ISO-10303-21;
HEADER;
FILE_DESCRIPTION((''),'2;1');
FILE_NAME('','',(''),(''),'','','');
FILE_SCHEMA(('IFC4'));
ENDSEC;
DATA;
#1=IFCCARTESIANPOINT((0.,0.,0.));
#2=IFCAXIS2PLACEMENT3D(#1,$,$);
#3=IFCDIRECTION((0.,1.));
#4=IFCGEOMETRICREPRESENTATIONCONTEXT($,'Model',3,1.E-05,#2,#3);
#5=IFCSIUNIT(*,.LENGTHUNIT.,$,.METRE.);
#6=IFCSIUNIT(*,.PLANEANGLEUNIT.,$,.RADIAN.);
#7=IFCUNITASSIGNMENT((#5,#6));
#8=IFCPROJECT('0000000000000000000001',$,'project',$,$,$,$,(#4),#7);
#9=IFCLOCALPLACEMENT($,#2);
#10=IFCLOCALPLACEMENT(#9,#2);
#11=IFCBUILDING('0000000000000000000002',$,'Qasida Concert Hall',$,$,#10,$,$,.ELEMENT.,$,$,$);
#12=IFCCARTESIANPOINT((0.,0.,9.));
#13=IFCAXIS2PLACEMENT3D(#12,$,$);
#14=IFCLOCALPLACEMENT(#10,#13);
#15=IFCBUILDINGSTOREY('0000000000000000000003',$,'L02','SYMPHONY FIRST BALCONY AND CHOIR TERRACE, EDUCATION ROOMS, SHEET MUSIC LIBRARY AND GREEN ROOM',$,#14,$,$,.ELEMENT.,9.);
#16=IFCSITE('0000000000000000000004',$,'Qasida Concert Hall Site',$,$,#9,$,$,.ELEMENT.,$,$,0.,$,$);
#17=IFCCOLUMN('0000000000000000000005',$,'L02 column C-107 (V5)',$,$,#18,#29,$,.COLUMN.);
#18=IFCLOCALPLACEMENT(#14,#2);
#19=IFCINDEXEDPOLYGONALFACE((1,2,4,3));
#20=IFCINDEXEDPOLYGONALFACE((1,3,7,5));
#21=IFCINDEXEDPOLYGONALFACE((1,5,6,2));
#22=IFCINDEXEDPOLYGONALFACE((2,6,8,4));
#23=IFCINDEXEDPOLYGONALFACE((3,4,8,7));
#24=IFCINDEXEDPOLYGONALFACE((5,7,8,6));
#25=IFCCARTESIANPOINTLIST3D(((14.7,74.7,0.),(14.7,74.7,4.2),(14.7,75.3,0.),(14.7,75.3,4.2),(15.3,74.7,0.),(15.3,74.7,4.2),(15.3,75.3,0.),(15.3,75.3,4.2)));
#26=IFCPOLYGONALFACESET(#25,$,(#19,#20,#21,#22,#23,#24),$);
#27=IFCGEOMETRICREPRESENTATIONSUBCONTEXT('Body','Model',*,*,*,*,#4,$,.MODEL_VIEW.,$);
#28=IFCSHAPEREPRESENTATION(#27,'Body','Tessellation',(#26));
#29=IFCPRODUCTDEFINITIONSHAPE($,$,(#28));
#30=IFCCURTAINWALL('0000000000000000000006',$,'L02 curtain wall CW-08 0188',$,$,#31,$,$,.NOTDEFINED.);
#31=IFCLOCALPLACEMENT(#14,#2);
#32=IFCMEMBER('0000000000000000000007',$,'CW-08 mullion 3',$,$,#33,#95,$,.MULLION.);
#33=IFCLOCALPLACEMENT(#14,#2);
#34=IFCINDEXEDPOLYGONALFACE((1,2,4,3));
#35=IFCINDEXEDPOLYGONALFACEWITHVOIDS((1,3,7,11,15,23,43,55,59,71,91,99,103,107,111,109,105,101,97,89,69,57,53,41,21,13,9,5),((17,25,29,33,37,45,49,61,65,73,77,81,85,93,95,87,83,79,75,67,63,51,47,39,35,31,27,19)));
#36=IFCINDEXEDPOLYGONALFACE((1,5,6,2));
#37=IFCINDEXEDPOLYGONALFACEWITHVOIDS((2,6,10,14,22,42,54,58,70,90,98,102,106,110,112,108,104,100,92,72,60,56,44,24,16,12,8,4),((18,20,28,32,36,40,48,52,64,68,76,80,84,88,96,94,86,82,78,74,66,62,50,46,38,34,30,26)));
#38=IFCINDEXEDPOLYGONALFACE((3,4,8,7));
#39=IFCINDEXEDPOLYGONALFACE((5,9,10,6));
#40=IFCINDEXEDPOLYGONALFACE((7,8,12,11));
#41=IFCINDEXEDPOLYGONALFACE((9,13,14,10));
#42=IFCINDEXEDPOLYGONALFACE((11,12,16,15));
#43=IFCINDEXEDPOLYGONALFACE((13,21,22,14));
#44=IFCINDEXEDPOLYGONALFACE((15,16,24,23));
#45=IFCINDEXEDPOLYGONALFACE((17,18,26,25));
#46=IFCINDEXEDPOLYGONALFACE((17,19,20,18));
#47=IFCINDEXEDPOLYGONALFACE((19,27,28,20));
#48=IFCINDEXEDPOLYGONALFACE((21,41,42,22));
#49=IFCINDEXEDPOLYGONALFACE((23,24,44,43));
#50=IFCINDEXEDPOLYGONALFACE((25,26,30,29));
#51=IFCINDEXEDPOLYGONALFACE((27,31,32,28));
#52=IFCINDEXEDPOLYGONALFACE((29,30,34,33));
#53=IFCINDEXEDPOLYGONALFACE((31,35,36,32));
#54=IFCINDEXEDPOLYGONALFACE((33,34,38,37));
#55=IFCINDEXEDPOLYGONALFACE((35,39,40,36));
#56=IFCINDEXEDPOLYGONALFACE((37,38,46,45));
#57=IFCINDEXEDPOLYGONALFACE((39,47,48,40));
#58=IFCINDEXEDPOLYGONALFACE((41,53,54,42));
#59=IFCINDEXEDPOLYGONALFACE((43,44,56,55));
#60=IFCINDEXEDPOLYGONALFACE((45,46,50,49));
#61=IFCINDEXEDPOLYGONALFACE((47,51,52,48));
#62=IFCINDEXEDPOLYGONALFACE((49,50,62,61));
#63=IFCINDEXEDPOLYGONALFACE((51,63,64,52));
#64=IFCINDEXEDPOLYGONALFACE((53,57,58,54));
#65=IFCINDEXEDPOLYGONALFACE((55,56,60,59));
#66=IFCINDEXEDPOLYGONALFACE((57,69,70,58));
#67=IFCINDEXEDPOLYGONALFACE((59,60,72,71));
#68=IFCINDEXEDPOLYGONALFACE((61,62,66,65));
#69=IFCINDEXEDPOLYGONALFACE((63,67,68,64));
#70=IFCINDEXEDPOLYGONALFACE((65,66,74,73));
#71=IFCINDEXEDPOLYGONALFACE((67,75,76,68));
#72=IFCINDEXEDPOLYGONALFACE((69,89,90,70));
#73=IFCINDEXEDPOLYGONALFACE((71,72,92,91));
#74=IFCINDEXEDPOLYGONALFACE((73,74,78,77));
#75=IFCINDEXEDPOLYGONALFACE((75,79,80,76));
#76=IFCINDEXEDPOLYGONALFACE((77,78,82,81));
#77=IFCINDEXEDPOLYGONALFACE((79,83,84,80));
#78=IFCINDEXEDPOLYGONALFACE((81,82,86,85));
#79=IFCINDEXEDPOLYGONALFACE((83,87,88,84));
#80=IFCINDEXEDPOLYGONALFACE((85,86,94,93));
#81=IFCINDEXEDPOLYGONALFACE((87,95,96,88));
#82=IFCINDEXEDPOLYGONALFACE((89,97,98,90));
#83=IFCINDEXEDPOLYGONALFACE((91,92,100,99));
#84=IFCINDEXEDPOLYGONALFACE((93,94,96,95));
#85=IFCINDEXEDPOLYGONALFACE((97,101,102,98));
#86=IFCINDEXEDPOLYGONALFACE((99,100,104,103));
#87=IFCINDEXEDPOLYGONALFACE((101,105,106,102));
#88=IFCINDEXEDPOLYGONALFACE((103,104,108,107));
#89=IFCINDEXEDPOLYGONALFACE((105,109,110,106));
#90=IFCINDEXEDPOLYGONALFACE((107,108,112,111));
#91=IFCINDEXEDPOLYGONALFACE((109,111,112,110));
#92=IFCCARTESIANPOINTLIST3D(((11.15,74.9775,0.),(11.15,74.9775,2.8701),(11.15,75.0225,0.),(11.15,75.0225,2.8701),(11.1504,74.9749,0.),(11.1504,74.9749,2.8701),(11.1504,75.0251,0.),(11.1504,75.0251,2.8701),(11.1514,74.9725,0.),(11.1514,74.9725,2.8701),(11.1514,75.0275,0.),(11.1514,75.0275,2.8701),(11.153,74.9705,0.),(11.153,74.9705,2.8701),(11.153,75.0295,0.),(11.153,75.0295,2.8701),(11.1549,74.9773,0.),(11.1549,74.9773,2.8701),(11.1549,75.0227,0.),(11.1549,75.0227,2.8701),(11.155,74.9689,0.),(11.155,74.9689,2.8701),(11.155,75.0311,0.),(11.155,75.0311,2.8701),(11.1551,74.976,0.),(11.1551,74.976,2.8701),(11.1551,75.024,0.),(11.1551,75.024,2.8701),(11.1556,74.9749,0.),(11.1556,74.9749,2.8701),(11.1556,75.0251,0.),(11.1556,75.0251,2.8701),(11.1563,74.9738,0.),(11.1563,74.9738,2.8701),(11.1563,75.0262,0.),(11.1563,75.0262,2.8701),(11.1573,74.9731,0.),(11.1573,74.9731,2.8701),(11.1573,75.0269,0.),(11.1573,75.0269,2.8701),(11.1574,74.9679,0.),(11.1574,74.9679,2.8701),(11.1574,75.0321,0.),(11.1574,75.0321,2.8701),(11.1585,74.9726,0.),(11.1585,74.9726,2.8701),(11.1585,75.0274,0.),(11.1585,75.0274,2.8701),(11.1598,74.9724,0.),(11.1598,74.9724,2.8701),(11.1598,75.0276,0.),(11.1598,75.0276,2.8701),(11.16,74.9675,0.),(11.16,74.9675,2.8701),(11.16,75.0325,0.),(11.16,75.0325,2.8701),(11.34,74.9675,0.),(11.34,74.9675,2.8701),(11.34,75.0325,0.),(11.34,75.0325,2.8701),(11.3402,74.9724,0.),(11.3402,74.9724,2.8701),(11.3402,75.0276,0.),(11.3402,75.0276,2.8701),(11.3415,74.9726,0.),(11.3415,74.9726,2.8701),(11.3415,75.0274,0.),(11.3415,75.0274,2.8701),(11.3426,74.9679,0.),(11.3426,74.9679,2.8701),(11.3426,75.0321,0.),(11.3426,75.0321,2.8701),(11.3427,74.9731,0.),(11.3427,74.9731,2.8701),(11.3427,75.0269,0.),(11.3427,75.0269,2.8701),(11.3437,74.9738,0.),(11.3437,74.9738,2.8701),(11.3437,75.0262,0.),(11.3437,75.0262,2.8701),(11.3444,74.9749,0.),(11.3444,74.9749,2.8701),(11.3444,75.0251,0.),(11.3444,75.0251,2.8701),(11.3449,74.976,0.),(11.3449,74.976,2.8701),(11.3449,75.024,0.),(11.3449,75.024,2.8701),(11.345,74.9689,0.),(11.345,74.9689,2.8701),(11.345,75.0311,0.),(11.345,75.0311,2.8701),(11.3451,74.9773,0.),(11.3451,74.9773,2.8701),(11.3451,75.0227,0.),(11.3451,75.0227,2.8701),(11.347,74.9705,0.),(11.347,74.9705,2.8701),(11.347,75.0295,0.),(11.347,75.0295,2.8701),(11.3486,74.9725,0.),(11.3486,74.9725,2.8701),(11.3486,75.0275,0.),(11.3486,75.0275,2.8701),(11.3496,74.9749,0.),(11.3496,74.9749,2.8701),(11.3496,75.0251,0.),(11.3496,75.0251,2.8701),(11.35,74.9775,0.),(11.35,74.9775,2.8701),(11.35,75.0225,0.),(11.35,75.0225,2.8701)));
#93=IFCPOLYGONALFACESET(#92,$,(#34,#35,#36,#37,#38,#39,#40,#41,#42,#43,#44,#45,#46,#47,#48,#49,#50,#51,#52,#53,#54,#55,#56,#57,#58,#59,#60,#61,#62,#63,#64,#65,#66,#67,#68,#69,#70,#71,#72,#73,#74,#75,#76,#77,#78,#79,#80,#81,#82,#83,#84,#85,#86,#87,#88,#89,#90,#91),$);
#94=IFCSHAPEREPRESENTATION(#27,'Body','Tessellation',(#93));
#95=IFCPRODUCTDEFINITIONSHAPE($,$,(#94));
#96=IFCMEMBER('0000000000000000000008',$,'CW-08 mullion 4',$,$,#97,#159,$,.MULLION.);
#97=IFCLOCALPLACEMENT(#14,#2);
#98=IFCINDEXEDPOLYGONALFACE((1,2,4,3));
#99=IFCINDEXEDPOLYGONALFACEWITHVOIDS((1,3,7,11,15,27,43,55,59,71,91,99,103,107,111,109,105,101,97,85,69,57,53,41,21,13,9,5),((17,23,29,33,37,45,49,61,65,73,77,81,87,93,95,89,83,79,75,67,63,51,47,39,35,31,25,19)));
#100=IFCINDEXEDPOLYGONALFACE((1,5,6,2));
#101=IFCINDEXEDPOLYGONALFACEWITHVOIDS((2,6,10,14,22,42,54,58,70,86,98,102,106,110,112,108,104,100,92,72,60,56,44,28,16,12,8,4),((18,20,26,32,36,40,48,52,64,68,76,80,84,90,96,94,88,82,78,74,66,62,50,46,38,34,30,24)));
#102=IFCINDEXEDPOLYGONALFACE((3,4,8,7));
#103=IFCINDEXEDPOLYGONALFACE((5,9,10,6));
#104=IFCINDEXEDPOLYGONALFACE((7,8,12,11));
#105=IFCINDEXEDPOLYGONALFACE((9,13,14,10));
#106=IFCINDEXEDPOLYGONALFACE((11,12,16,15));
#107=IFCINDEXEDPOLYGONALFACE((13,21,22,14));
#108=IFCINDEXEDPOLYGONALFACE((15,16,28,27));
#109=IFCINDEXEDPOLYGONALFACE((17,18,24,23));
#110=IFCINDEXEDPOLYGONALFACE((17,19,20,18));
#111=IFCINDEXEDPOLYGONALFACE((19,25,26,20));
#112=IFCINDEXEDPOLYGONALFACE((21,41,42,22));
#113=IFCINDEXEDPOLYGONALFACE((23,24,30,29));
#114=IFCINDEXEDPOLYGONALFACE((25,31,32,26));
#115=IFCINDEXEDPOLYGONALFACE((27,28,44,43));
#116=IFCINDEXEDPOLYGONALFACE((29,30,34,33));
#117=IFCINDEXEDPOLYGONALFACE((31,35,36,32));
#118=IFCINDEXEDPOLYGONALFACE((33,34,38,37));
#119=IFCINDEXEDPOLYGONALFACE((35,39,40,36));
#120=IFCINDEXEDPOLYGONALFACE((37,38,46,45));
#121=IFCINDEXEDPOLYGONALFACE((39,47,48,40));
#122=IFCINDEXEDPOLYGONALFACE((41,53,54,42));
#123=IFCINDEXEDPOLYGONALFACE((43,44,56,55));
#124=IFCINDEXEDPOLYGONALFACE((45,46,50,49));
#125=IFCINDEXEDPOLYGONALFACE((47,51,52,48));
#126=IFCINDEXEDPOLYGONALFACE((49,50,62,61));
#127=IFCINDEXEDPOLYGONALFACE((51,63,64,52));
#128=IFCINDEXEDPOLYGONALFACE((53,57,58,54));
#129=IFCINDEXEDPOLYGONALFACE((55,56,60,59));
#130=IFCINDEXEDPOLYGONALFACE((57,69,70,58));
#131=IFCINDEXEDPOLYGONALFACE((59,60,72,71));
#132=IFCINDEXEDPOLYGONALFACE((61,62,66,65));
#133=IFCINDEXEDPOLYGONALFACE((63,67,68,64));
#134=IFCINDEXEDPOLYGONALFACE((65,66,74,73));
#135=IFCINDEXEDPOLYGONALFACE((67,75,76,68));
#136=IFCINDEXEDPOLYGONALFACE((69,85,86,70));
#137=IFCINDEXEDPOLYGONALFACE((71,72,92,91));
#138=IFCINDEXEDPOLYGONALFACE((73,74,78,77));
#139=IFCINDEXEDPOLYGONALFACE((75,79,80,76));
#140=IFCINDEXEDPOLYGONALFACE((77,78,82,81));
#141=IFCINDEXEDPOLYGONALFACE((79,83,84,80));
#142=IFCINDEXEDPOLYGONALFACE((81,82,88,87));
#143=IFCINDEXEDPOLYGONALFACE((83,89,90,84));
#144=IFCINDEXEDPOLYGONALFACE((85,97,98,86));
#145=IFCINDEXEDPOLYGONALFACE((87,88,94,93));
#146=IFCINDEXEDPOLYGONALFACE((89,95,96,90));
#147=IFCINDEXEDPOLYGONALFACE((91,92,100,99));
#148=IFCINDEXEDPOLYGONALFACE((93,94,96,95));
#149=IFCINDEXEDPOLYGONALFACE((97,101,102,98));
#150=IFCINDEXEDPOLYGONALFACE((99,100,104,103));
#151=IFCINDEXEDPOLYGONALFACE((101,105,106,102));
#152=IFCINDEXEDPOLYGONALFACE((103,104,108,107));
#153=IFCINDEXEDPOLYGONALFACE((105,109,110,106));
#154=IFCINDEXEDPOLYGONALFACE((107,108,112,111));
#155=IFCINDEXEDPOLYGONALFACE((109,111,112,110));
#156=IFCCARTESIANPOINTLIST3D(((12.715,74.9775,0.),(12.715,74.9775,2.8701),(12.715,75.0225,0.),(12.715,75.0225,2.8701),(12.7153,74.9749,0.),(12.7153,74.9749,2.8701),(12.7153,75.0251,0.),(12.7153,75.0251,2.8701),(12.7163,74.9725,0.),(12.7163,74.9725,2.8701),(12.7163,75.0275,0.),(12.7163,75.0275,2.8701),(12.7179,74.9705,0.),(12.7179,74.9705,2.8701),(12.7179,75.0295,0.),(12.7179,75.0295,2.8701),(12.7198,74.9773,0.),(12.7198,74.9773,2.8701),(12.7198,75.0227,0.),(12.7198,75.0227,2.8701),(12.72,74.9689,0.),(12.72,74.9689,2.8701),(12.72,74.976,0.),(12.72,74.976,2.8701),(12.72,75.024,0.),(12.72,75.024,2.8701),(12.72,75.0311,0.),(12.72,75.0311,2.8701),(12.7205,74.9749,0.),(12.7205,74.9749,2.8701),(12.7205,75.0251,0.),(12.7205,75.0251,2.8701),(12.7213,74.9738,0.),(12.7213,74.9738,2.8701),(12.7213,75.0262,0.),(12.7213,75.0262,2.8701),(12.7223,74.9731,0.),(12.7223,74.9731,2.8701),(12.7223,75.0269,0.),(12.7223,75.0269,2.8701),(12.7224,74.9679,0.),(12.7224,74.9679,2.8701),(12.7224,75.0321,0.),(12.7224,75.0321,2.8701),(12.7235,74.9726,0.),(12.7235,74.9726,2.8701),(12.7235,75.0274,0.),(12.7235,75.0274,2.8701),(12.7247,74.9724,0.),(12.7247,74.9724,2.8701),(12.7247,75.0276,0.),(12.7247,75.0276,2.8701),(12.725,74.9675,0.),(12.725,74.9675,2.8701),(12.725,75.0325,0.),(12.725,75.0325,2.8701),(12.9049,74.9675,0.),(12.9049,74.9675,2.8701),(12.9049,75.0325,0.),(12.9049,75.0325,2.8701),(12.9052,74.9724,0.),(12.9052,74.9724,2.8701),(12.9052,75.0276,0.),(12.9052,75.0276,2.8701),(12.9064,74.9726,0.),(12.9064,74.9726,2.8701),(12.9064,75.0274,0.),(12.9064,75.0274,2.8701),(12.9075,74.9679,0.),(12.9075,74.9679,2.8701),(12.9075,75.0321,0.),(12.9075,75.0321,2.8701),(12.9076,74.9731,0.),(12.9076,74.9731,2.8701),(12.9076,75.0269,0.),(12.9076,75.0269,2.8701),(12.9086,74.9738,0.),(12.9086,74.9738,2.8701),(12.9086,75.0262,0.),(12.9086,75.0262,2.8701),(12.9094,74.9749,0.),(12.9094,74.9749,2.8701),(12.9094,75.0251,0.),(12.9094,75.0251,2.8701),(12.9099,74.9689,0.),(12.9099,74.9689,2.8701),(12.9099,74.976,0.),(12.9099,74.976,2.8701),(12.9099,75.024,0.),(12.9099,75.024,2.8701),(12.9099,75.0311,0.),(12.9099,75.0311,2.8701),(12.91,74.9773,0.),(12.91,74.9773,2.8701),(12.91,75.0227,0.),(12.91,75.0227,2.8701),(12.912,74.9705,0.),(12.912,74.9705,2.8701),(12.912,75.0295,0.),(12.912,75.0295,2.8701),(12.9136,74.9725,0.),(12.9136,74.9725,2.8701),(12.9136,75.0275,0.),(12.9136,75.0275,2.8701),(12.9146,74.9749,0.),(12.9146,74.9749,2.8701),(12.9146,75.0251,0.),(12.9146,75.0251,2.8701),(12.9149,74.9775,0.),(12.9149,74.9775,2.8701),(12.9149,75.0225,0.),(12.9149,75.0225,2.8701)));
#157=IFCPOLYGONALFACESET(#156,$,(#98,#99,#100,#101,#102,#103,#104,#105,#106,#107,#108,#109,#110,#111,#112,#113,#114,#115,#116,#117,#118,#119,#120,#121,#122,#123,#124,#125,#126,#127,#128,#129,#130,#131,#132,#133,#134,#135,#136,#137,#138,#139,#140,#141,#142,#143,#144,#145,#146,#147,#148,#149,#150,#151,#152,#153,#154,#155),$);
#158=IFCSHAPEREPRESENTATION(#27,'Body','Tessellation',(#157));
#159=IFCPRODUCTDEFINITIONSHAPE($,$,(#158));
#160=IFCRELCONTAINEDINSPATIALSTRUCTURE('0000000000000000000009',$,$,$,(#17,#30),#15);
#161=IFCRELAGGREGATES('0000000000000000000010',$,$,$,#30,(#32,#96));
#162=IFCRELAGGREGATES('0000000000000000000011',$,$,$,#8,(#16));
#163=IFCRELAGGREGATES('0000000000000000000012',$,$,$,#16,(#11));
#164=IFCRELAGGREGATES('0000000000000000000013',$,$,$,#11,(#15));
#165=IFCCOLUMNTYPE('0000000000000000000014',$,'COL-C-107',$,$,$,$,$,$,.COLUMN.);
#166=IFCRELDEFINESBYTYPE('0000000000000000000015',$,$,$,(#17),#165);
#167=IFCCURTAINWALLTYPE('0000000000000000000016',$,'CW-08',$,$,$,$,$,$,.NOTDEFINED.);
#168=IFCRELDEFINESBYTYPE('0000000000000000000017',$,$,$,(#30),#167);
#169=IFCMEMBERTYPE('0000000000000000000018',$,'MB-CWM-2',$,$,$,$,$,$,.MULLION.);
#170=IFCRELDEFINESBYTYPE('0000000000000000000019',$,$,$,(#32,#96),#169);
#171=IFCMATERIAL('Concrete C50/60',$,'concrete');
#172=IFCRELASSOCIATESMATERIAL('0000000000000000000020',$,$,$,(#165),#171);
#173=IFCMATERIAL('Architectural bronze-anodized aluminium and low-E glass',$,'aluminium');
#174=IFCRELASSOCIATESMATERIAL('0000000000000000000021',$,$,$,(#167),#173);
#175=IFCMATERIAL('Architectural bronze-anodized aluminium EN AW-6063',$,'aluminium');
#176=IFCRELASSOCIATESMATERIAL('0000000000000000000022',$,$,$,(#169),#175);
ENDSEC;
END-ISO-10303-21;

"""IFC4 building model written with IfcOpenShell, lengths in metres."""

from ifc_helpers import new_model, si_unit, direction, frame, origin, origin_2d, place, context, subcontext, project, spatial, rectangle, hollow_rectangle, extrude, material, material_profile, profile_set, type_object, element, aggregate, save


model = new_model("IFC4")

# Units and contexts
model_context = context("Model", 3, precision=1e-05, world=origin(), true_north=direction((0.0, 1.0)))
body_context = subcontext(model_context, "Body", "Model", "MODEL_VIEW")
ifc_project = project(units=[si_unit("LENGTHUNIT", "METRE"), si_unit("PLANEANGLEUNIT", "RADIAN")], contexts=[model_context])

# Site, building, storey
site_placement = place(None, origin())
site = spatial("IfcSite", under=ifc_project, at=site_placement, Name="Qasida Concert Hall Site", CompositionType="ELEMENT", RefElevation=0.0)
building_placement = place(site_placement, origin())
building = spatial("IfcBuilding", under=site, at=building_placement, Name="Qasida Concert Hall", CompositionType="ELEMENT")
storey_placement = place(building_placement, frame((0.0, 0.0, 9.0)))
storey = spatial("IfcBuildingStorey", under=building, at=storey_placement, Name="L02", Description="SYMPHONY FIRST BALCONY AND CHOIR TERRACE, EDUCATION ROOMS, SHEET MUSIC LIBRARY AND GREEN ROOM", CompositionType="ELEMENT", Elevation=9.0)

# Column
ifc_material_1 = material(Name="Concrete C50/60", Category="concrete")
ifc_material_profile_1 = material_profile(ifc_material_1, rectangle(XDim=0.6001, YDim=0.6001, at=origin_2d()), Name="RC 600x600")
ifc_profile_set_1 = profile_set([ifc_material_profile_1], Name="Concrete C50/60")
column_type = type_object("IfcColumnType", Name="COL-C-107", PredefinedType="COLUMN", material=ifc_profile_set_1)
column_placement = place(storey_placement, frame((15.0, 75.0, 0.0), z_axis=(0.0, 0.0, 1.0), x_axis=(1.0, 0.0, 0.0)))
element("IfcColumn", 1, at=column_placement, inside=storey, type_object=column_type, Name="L02 column C-107 (V5)", PredefinedType="COLUMN", context=body_context, shape_type="SweptSolid", body=[
    extrude(rectangle(XDim=0.6001, YDim=0.6001, at=origin_2d()), origin(), (0.0, 0.0, 1.0), 4.2),
])

# Curtain wall, members
ifc_material_2 = material(Name="Architectural bronze-anodized aluminium and low-E glass", Category="aluminium")
curtain_wall_type = type_object("IfcCurtainWallType", Name="CW-08", PredefinedType="NOTDEFINED", material=ifc_material_2)
curtain_wall_placement = place(storey_placement, origin())
curtain_wall = element("IfcCurtainWall", 2, at=curtain_wall_placement, inside=storey, type_object=curtain_wall_type, Name="L02 curtain wall CW-08 0188", PredefinedType="NOTDEFINED")
ifc_material_3 = material(Name="Architectural bronze-anodized aluminium EN AW-6063", Category="aluminium")
ifc_material_profile_2 = material_profile(ifc_material_3, hollow_rectangle(XDim=0.0649, YDim=0.2, WallThickness=0.0049, InnerFilletRadius=0.0049, OuterFilletRadius=0.01, at=origin_2d()), Name="CWM 200x65x5")
ifc_profile_set_2 = profile_set([ifc_material_profile_2], Name="Architectural bronze-anodized aluminium EN AW-6063")
member_type_1 = type_object("IfcMemberType", Name="MB-CWM-2", PredefinedType="MULLION", material=ifc_profile_set_2)
member_1_placement = place(storey_placement, frame((11.25, 75.0, 0.0), z_axis=(0.0, 0.0, 1.0), x_axis=(0.0, 1.0, 0.0)))
member_1 = element("IfcMember", 3, at=member_1_placement, type_object=member_type_1, Name="CW-08 mullion 3", PredefinedType="MULLION", context=body_context, shape_type="SweptSolid", body=[
    extrude(hollow_rectangle(XDim=0.0649, YDim=0.2, WallThickness=0.0049, InnerFilletRadius=0.0049, OuterFilletRadius=0.01, at=origin_2d()), origin(), (0.0, 0.0, 1.0), 2.8701),
])
member_2_placement = place(storey_placement, frame((12.8149, 75.0, 0.0), z_axis=(0.0, 0.0, 1.0), x_axis=(0.0, 1.0, 0.0)))
member_2 = element("IfcMember", 4, at=member_2_placement, type_object=member_type_1, Name="CW-08 mullion 4", PredefinedType="MULLION", context=body_context, shape_type="SweptSolid", body=[
    extrude(hollow_rectangle(XDim=0.0649, YDim=0.2, WallThickness=0.0049, InnerFilletRadius=0.0049, OuterFilletRadius=0.01, at=origin_2d()), origin(), (0.0, 0.0, 1.0), 2.8701),
])
aggregate(curtain_wall, [member_1, member_2])

save(model, "model.ifc")
